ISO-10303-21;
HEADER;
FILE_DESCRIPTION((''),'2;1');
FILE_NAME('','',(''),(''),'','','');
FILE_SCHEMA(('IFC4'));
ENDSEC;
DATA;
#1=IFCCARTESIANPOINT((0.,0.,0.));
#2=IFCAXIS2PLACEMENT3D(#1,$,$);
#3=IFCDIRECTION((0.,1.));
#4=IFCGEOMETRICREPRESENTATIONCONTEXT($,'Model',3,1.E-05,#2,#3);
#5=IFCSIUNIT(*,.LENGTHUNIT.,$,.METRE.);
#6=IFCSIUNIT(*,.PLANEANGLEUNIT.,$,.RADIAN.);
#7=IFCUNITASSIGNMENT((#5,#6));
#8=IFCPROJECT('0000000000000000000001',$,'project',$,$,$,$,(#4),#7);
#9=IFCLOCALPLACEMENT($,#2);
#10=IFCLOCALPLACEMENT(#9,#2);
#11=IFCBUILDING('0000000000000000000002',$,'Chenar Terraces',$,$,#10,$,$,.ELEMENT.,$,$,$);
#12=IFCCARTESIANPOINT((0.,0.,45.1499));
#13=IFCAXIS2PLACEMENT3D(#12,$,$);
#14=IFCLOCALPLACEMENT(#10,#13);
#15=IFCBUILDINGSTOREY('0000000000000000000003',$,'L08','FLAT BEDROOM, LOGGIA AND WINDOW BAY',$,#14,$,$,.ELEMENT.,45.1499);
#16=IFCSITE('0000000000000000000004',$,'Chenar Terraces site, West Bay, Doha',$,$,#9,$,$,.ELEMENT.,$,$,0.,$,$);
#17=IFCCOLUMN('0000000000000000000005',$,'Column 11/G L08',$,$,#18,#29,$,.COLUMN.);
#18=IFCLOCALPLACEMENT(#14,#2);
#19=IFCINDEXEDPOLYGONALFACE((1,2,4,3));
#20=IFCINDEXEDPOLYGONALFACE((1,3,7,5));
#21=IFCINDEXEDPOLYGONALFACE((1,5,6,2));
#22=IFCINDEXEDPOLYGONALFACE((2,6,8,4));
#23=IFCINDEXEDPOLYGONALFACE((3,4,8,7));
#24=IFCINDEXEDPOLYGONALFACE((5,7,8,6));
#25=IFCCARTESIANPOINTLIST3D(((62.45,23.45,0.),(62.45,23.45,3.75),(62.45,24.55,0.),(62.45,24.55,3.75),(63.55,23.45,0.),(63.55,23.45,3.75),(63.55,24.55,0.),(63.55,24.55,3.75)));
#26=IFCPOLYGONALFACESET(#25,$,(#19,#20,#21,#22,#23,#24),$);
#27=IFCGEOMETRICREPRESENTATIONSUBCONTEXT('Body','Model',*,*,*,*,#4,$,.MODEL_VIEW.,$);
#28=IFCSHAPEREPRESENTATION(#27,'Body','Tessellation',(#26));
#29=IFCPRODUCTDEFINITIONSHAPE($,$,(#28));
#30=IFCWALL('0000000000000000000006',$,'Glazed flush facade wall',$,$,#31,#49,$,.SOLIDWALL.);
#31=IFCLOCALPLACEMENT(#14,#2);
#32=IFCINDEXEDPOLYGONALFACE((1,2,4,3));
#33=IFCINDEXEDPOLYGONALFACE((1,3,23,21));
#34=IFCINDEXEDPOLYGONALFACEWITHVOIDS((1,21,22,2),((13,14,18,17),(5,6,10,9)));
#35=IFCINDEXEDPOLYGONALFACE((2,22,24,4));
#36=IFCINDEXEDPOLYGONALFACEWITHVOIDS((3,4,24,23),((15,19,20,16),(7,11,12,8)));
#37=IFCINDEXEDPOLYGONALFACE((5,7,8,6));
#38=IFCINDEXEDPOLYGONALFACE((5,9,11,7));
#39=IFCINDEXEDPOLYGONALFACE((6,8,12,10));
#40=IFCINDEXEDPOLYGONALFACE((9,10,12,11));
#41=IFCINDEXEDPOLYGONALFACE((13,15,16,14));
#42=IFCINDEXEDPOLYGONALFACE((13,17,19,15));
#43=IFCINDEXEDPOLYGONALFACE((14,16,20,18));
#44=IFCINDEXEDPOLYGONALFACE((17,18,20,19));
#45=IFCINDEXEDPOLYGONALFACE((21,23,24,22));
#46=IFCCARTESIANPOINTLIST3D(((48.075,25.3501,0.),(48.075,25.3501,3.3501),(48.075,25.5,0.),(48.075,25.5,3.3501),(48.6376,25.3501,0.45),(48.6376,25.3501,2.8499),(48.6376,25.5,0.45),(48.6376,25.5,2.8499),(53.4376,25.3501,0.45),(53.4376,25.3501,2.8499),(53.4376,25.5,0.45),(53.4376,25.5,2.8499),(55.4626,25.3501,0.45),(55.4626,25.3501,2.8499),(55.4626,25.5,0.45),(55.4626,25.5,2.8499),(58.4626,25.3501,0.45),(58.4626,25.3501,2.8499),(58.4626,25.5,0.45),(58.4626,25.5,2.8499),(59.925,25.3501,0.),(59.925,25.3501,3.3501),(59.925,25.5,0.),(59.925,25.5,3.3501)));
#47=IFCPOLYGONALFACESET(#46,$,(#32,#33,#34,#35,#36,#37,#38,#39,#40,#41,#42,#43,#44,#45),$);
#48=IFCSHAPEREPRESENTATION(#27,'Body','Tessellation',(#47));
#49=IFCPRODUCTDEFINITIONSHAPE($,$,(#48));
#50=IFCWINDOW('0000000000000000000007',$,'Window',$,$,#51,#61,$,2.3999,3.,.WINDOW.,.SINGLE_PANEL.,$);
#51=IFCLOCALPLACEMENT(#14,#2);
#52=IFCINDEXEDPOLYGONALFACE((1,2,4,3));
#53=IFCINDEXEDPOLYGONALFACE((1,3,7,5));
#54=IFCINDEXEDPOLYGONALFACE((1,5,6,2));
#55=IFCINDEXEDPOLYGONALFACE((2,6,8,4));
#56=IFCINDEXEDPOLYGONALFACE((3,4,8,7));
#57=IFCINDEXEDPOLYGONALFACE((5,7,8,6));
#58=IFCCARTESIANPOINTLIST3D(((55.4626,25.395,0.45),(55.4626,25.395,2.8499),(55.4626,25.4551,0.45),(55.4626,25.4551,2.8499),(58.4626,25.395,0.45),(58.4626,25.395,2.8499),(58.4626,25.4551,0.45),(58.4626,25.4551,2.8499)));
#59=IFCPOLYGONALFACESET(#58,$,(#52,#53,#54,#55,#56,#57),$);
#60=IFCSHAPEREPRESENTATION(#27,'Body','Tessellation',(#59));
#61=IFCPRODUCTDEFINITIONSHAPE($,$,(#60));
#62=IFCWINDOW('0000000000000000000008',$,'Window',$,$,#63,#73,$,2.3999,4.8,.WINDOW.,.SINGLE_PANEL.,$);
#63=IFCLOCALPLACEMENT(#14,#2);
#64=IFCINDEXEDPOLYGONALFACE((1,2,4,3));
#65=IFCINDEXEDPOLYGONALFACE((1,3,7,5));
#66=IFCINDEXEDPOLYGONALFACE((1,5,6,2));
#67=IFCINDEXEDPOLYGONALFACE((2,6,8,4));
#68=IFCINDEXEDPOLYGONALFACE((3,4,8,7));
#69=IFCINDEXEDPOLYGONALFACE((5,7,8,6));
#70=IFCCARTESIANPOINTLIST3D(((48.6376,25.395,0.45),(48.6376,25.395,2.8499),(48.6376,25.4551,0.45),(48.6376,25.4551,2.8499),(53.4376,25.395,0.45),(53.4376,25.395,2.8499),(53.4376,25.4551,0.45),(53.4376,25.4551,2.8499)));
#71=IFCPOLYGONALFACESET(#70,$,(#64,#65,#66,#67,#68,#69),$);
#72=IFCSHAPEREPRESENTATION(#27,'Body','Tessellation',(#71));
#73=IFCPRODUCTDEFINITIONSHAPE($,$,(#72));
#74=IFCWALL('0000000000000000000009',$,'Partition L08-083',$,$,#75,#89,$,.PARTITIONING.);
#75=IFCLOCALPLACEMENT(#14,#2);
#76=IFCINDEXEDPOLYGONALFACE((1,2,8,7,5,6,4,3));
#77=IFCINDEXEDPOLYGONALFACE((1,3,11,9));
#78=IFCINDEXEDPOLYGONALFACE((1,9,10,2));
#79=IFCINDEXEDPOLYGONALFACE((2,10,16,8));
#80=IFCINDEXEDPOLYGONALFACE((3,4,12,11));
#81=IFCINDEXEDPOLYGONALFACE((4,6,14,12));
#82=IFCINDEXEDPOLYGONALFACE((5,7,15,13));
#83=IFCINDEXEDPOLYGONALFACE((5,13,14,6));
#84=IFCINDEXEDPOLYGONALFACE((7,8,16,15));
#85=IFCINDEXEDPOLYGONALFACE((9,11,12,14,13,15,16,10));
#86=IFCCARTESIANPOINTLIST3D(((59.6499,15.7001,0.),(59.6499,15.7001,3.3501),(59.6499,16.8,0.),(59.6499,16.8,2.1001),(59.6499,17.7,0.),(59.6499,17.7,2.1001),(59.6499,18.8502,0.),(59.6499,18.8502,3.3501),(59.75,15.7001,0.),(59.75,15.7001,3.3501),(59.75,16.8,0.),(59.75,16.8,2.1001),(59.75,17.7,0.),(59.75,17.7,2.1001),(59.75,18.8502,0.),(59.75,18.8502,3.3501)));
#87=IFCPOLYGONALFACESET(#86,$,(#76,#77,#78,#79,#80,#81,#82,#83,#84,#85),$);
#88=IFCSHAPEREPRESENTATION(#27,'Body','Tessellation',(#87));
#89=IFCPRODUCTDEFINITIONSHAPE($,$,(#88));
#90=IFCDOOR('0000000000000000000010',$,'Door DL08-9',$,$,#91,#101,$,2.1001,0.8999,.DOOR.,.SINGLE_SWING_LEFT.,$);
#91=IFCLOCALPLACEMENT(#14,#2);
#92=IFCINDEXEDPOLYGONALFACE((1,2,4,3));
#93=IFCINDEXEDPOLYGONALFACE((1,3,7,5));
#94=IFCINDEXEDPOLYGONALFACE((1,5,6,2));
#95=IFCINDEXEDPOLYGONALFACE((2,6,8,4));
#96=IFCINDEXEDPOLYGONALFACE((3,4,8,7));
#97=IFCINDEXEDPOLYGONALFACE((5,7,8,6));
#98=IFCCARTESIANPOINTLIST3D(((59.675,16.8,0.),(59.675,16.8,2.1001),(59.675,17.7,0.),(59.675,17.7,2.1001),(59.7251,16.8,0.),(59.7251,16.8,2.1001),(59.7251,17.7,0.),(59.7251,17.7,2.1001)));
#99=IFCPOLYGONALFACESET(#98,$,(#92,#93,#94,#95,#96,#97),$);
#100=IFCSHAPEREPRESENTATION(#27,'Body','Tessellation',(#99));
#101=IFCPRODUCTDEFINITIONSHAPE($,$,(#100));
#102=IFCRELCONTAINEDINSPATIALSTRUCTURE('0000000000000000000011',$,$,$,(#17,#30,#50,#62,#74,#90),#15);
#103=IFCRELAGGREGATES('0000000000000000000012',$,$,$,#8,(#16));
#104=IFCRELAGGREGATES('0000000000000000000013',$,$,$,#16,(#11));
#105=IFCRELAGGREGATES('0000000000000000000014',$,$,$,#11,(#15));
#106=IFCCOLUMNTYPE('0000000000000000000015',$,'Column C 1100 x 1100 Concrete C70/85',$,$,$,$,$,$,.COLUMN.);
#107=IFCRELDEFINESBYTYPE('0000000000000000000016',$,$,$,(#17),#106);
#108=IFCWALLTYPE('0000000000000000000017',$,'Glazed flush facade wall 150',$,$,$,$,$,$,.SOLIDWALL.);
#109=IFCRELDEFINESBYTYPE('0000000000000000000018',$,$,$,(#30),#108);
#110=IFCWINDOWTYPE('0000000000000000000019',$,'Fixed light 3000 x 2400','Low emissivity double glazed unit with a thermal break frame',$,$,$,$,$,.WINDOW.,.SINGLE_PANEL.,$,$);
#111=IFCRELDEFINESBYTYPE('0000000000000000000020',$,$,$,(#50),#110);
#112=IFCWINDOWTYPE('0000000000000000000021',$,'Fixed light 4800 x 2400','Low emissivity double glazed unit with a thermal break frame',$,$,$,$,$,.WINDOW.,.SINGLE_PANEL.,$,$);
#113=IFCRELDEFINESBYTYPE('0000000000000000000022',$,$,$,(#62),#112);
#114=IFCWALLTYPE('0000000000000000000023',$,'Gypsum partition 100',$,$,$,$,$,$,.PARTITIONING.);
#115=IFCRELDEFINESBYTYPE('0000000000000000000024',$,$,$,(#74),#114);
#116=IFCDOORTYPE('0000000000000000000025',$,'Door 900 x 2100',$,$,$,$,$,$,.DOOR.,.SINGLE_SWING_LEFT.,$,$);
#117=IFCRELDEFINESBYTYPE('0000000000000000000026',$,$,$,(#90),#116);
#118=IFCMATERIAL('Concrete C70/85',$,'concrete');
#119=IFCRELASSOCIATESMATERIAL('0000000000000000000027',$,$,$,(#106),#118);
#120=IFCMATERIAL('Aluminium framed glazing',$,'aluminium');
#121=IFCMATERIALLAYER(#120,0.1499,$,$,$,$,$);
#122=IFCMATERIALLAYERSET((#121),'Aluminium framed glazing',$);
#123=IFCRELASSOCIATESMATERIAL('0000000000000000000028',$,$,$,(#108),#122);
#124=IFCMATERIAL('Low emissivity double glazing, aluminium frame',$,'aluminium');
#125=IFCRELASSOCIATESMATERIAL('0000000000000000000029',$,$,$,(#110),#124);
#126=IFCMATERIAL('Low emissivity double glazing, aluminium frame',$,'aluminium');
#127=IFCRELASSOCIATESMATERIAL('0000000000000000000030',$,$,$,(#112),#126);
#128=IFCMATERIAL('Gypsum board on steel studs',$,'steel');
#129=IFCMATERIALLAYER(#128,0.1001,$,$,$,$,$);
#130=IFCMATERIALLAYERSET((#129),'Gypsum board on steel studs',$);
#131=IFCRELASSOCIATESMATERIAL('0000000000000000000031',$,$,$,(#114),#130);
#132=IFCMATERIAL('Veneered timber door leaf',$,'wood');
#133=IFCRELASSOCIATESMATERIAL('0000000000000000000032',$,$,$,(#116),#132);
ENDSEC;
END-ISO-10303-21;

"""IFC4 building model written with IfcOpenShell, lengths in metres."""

from ifc_helpers import new_model, si_unit, direction, frame, frame_2d, origin, origin_2d, place, context, subcontext, project, spatial, rectangle, extrude, material, layer, layer_set, material_profile, profile_set, type_object, element, fill, save


model = new_model("IFC4")

# Units and contexts
model_context = context("Model", 3, precision=1e-05, world=origin(), true_north=direction((0.0, 1.0)))
body_context = subcontext(model_context, "Body", "Model", "MODEL_VIEW")
ifc_project = project(units=[si_unit("LENGTHUNIT", "METRE"), si_unit("PLANEANGLEUNIT", "RADIAN")], contexts=[model_context])

# Site, building, storey
site_placement = place(None, origin())
site = spatial("IfcSite", under=ifc_project, at=site_placement, Name="Chenar Terraces site, West Bay, Doha", CompositionType="ELEMENT", RefElevation=0.0)
building_placement = place(site_placement, origin())
building = spatial("IfcBuilding", under=site, at=building_placement, Name="Chenar Terraces", CompositionType="ELEMENT")
storey_placement = place(building_placement, frame((0.0, 0.0, 45.1499)))
storey = spatial("IfcBuildingStorey", under=building, at=storey_placement, Name="L08", Description="FLAT BEDROOM, LOGGIA AND WINDOW BAY", CompositionType="ELEMENT", Elevation=45.1499)

# Column
ifc_material_1 = material(Name="Concrete C70/85", Category="concrete")
ifc_material_profile = material_profile(ifc_material_1, rectangle(XDim=1.1001, YDim=1.1001, at=origin_2d()), Name="C 1100 x 1100")
ifc_profile_set = profile_set([ifc_material_profile], Name="Concrete C70/85")
column_type = type_object("IfcColumnType", Name="Column C 1100 x 1100 Concrete C70/85", PredefinedType="COLUMN", material=ifc_profile_set)
column_placement = place(storey_placement, frame((63.0, 24.0, 0.0), z_axis=(0.0, 0.0, 1.0), x_axis=(1.0, 0.0, 0.0)))
element("IfcColumn", 1, at=column_placement, inside=storey, type_object=column_type, Name="Column 11/G L08", PredefinedType="COLUMN", context=body_context, shape_type="SweptSolid", body=[
    extrude(rectangle(XDim=1.1001, YDim=1.1001, at=origin_2d()), origin(), (0.0, 0.0, 1.0), 3.75),
])

# Wall, openings, windows
ifc_material_2 = material(Name="Aluminium framed glazing", Category="aluminium")
ifc_layer_1 = layer(ifc_material_2, 0.1499)
ifc_layer_set_1 = layer_set([ifc_layer_1], Name="Aluminium framed glazing")
wall_type_1 = type_object("IfcWallType", Name="Glazed flush facade wall 150", PredefinedType="SOLIDWALL", material=ifc_layer_set_1)
wall_1_placement = place(storey_placement, frame((59.925, 25.425, 0.0), z_axis=(0.0, 0.0, 1.0), x_axis=(-1.0, 0.0, 0.0)))
wall_1 = element("IfcWall", 2, at=wall_1_placement, inside=storey, type_object=wall_type_1, Name="Glazed flush facade wall", PredefinedType="SOLIDWALL", context=body_context, shape_type="SweptSolid", body=[
    extrude(rectangle(XDim=11.8501, YDim=0.1499, at=frame_2d((5.925, 0.0))), origin(), (0.0, 0.0, 1.0), 3.3501),
])
opening_1_placement = place(wall_1_placement, frame((1.4624, 0.0, 0.45)))
opening_1 = element("IfcOpeningElement", 3, at=opening_1_placement, cuts=wall_1, PredefinedType="OPENING", context=body_context, shape_type="SweptSolid", body=[
    extrude(rectangle(XDim=3.0, YDim=2.3999, at=frame_2d((1.5, 1.2))), frame((0.0, 0.085, 0.0), z_axis=(0.0, -1.0, 0.0), x_axis=(1.0, 0.0, 0.0)), (0.0, 0.0, 1.0), 0.1699),
])
opening_2_placement = place(wall_1_placement, frame((6.4875, 0.0, 0.45)))
opening_2 = element("IfcOpeningElement", 4, at=opening_2_placement, cuts=wall_1, PredefinedType="OPENING", context=body_context, shape_type="SweptSolid", body=[
    extrude(rectangle(XDim=4.8, YDim=2.3999, at=frame_2d((2.3999, 1.2))), frame((0.0, 0.085, 0.0), z_axis=(0.0, -1.0, 0.0), x_axis=(1.0, 0.0, 0.0)), (0.0, 0.0, 1.0), 0.1699),
])
ifc_material_3 = material(Name="Low emissivity double glazing, aluminium frame", Category="aluminium")
window_type_1 = type_object("IfcWindowType", Name="Fixed light 3000 x 2400", Description="Low emissivity double glazed unit with a thermal break frame", PartitioningType="SINGLE_PANEL", PredefinedType="WINDOW", material=ifc_material_3)
window_1_placement = place(opening_1_placement, origin())
window_1 = element("IfcWindow", 5, at=window_1_placement, inside=storey, type_object=window_type_1, Name="Window", OverallHeight=2.3999, OverallWidth=3.0, PartitioningType="SINGLE_PANEL", PredefinedType="WINDOW", context=body_context, shape_type="SweptSolid", body=[
    extrude(rectangle(XDim=3.0, YDim=2.3999, at=frame_2d((1.5, 1.2))), frame((0.0, 0.03, 0.0), z_axis=(0.0, -1.0, 0.0), x_axis=(1.0, 0.0, 0.0)), (0.0, 0.0, 1.0), 0.0601),
])
fill(opening_1, window_1)
ifc_material_4 = material(Name="Low emissivity double glazing, aluminium frame", Category="aluminium")
window_type_2 = type_object("IfcWindowType", Name="Fixed light 4800 x 2400", Description="Low emissivity double glazed unit with a thermal break frame", PartitioningType="SINGLE_PANEL", PredefinedType="WINDOW", material=ifc_material_4)
window_2_placement = place(opening_2_placement, origin())
window_2 = element("IfcWindow", 6, at=window_2_placement, inside=storey, type_object=window_type_2, Name="Window", OverallHeight=2.3999, OverallWidth=4.8, PartitioningType="SINGLE_PANEL", PredefinedType="WINDOW", context=body_context, shape_type="SweptSolid", body=[
    extrude(rectangle(XDim=4.8, YDim=2.3999, at=frame_2d((2.3999, 1.2))), frame((0.0, 0.03, 0.0), z_axis=(0.0, -1.0, 0.0), x_axis=(1.0, 0.0, 0.0)), (0.0, 0.0, 1.0), 0.0601),
])
fill(opening_2, window_2)

# Wall, opening, door
ifc_material_5 = material(Name="Gypsum board on steel studs", Category="steel")
ifc_layer_2 = layer(ifc_material_5, 0.1001)
ifc_layer_set_2 = layer_set([ifc_layer_2], Name="Gypsum board on steel studs")
wall_type_2 = type_object("IfcWallType", Name="Gypsum partition 100", PredefinedType="PARTITIONING", material=ifc_layer_set_2)
wall_2_placement = place(storey_placement, frame((59.7, 15.7, 0.0), z_axis=(0.0, 0.0, 1.0), x_axis=(0.0, 1.0, 0.0)))
wall_2 = element("IfcWall", 7, at=wall_2_placement, inside=storey, type_object=wall_type_2, Name="Partition L08-083", PredefinedType="PARTITIONING", context=body_context, shape_type="SweptSolid", body=[
    extrude(rectangle(XDim=3.1501, YDim=0.1001, at=frame_2d((1.5752, 0.0))), origin(), (0.0, 0.0, 1.0), 3.3501),
])
opening_3_placement = place(wall_2_placement, frame((1.1001, 0.0, 0.0)))
opening_3 = element("IfcOpeningElement", 8, at=opening_3_placement, cuts=wall_2, PredefinedType="OPENING", context=body_context, shape_type="SweptSolid", body=[
    extrude(rectangle(XDim=0.8999, YDim=2.1001, at=frame_2d((0.45, 1.05))), frame((0.0, 0.0601, 0.0), z_axis=(0.0, -1.0, 0.0), x_axis=(1.0, 0.0, 0.0)), (0.0, 0.0, 1.0), 0.1201),
])
ifc_material_6 = material(Name="Veneered timber door leaf", Category="wood")
door_type_1 = type_object("IfcDoorType", Name="Door 900 x 2100", OperationType="SINGLE_SWING_LEFT", PredefinedType="DOOR", material=ifc_material_6)
door_1_placement = place(opening_3_placement, origin())
door_1 = element("IfcDoor", 9, at=door_1_placement, inside=storey, type_object=door_type_1, Name="Door DL08-9", OperationType="SINGLE_SWING_LEFT", OverallHeight=2.1001, OverallWidth=0.8999, PredefinedType="DOOR", context=body_context, shape_type="SweptSolid", body=[
    extrude(rectangle(XDim=0.8999, YDim=2.1001, at=frame_2d((0.45, 1.05))), frame((0.0, 0.0249, 0.0), z_axis=(0.0, -1.0, 0.0), x_axis=(1.0, 0.0, 0.0)), (0.0, 0.0, 1.0), 0.05),
])
fill(opening_3, door_1)

save(model, "model.ifc")
